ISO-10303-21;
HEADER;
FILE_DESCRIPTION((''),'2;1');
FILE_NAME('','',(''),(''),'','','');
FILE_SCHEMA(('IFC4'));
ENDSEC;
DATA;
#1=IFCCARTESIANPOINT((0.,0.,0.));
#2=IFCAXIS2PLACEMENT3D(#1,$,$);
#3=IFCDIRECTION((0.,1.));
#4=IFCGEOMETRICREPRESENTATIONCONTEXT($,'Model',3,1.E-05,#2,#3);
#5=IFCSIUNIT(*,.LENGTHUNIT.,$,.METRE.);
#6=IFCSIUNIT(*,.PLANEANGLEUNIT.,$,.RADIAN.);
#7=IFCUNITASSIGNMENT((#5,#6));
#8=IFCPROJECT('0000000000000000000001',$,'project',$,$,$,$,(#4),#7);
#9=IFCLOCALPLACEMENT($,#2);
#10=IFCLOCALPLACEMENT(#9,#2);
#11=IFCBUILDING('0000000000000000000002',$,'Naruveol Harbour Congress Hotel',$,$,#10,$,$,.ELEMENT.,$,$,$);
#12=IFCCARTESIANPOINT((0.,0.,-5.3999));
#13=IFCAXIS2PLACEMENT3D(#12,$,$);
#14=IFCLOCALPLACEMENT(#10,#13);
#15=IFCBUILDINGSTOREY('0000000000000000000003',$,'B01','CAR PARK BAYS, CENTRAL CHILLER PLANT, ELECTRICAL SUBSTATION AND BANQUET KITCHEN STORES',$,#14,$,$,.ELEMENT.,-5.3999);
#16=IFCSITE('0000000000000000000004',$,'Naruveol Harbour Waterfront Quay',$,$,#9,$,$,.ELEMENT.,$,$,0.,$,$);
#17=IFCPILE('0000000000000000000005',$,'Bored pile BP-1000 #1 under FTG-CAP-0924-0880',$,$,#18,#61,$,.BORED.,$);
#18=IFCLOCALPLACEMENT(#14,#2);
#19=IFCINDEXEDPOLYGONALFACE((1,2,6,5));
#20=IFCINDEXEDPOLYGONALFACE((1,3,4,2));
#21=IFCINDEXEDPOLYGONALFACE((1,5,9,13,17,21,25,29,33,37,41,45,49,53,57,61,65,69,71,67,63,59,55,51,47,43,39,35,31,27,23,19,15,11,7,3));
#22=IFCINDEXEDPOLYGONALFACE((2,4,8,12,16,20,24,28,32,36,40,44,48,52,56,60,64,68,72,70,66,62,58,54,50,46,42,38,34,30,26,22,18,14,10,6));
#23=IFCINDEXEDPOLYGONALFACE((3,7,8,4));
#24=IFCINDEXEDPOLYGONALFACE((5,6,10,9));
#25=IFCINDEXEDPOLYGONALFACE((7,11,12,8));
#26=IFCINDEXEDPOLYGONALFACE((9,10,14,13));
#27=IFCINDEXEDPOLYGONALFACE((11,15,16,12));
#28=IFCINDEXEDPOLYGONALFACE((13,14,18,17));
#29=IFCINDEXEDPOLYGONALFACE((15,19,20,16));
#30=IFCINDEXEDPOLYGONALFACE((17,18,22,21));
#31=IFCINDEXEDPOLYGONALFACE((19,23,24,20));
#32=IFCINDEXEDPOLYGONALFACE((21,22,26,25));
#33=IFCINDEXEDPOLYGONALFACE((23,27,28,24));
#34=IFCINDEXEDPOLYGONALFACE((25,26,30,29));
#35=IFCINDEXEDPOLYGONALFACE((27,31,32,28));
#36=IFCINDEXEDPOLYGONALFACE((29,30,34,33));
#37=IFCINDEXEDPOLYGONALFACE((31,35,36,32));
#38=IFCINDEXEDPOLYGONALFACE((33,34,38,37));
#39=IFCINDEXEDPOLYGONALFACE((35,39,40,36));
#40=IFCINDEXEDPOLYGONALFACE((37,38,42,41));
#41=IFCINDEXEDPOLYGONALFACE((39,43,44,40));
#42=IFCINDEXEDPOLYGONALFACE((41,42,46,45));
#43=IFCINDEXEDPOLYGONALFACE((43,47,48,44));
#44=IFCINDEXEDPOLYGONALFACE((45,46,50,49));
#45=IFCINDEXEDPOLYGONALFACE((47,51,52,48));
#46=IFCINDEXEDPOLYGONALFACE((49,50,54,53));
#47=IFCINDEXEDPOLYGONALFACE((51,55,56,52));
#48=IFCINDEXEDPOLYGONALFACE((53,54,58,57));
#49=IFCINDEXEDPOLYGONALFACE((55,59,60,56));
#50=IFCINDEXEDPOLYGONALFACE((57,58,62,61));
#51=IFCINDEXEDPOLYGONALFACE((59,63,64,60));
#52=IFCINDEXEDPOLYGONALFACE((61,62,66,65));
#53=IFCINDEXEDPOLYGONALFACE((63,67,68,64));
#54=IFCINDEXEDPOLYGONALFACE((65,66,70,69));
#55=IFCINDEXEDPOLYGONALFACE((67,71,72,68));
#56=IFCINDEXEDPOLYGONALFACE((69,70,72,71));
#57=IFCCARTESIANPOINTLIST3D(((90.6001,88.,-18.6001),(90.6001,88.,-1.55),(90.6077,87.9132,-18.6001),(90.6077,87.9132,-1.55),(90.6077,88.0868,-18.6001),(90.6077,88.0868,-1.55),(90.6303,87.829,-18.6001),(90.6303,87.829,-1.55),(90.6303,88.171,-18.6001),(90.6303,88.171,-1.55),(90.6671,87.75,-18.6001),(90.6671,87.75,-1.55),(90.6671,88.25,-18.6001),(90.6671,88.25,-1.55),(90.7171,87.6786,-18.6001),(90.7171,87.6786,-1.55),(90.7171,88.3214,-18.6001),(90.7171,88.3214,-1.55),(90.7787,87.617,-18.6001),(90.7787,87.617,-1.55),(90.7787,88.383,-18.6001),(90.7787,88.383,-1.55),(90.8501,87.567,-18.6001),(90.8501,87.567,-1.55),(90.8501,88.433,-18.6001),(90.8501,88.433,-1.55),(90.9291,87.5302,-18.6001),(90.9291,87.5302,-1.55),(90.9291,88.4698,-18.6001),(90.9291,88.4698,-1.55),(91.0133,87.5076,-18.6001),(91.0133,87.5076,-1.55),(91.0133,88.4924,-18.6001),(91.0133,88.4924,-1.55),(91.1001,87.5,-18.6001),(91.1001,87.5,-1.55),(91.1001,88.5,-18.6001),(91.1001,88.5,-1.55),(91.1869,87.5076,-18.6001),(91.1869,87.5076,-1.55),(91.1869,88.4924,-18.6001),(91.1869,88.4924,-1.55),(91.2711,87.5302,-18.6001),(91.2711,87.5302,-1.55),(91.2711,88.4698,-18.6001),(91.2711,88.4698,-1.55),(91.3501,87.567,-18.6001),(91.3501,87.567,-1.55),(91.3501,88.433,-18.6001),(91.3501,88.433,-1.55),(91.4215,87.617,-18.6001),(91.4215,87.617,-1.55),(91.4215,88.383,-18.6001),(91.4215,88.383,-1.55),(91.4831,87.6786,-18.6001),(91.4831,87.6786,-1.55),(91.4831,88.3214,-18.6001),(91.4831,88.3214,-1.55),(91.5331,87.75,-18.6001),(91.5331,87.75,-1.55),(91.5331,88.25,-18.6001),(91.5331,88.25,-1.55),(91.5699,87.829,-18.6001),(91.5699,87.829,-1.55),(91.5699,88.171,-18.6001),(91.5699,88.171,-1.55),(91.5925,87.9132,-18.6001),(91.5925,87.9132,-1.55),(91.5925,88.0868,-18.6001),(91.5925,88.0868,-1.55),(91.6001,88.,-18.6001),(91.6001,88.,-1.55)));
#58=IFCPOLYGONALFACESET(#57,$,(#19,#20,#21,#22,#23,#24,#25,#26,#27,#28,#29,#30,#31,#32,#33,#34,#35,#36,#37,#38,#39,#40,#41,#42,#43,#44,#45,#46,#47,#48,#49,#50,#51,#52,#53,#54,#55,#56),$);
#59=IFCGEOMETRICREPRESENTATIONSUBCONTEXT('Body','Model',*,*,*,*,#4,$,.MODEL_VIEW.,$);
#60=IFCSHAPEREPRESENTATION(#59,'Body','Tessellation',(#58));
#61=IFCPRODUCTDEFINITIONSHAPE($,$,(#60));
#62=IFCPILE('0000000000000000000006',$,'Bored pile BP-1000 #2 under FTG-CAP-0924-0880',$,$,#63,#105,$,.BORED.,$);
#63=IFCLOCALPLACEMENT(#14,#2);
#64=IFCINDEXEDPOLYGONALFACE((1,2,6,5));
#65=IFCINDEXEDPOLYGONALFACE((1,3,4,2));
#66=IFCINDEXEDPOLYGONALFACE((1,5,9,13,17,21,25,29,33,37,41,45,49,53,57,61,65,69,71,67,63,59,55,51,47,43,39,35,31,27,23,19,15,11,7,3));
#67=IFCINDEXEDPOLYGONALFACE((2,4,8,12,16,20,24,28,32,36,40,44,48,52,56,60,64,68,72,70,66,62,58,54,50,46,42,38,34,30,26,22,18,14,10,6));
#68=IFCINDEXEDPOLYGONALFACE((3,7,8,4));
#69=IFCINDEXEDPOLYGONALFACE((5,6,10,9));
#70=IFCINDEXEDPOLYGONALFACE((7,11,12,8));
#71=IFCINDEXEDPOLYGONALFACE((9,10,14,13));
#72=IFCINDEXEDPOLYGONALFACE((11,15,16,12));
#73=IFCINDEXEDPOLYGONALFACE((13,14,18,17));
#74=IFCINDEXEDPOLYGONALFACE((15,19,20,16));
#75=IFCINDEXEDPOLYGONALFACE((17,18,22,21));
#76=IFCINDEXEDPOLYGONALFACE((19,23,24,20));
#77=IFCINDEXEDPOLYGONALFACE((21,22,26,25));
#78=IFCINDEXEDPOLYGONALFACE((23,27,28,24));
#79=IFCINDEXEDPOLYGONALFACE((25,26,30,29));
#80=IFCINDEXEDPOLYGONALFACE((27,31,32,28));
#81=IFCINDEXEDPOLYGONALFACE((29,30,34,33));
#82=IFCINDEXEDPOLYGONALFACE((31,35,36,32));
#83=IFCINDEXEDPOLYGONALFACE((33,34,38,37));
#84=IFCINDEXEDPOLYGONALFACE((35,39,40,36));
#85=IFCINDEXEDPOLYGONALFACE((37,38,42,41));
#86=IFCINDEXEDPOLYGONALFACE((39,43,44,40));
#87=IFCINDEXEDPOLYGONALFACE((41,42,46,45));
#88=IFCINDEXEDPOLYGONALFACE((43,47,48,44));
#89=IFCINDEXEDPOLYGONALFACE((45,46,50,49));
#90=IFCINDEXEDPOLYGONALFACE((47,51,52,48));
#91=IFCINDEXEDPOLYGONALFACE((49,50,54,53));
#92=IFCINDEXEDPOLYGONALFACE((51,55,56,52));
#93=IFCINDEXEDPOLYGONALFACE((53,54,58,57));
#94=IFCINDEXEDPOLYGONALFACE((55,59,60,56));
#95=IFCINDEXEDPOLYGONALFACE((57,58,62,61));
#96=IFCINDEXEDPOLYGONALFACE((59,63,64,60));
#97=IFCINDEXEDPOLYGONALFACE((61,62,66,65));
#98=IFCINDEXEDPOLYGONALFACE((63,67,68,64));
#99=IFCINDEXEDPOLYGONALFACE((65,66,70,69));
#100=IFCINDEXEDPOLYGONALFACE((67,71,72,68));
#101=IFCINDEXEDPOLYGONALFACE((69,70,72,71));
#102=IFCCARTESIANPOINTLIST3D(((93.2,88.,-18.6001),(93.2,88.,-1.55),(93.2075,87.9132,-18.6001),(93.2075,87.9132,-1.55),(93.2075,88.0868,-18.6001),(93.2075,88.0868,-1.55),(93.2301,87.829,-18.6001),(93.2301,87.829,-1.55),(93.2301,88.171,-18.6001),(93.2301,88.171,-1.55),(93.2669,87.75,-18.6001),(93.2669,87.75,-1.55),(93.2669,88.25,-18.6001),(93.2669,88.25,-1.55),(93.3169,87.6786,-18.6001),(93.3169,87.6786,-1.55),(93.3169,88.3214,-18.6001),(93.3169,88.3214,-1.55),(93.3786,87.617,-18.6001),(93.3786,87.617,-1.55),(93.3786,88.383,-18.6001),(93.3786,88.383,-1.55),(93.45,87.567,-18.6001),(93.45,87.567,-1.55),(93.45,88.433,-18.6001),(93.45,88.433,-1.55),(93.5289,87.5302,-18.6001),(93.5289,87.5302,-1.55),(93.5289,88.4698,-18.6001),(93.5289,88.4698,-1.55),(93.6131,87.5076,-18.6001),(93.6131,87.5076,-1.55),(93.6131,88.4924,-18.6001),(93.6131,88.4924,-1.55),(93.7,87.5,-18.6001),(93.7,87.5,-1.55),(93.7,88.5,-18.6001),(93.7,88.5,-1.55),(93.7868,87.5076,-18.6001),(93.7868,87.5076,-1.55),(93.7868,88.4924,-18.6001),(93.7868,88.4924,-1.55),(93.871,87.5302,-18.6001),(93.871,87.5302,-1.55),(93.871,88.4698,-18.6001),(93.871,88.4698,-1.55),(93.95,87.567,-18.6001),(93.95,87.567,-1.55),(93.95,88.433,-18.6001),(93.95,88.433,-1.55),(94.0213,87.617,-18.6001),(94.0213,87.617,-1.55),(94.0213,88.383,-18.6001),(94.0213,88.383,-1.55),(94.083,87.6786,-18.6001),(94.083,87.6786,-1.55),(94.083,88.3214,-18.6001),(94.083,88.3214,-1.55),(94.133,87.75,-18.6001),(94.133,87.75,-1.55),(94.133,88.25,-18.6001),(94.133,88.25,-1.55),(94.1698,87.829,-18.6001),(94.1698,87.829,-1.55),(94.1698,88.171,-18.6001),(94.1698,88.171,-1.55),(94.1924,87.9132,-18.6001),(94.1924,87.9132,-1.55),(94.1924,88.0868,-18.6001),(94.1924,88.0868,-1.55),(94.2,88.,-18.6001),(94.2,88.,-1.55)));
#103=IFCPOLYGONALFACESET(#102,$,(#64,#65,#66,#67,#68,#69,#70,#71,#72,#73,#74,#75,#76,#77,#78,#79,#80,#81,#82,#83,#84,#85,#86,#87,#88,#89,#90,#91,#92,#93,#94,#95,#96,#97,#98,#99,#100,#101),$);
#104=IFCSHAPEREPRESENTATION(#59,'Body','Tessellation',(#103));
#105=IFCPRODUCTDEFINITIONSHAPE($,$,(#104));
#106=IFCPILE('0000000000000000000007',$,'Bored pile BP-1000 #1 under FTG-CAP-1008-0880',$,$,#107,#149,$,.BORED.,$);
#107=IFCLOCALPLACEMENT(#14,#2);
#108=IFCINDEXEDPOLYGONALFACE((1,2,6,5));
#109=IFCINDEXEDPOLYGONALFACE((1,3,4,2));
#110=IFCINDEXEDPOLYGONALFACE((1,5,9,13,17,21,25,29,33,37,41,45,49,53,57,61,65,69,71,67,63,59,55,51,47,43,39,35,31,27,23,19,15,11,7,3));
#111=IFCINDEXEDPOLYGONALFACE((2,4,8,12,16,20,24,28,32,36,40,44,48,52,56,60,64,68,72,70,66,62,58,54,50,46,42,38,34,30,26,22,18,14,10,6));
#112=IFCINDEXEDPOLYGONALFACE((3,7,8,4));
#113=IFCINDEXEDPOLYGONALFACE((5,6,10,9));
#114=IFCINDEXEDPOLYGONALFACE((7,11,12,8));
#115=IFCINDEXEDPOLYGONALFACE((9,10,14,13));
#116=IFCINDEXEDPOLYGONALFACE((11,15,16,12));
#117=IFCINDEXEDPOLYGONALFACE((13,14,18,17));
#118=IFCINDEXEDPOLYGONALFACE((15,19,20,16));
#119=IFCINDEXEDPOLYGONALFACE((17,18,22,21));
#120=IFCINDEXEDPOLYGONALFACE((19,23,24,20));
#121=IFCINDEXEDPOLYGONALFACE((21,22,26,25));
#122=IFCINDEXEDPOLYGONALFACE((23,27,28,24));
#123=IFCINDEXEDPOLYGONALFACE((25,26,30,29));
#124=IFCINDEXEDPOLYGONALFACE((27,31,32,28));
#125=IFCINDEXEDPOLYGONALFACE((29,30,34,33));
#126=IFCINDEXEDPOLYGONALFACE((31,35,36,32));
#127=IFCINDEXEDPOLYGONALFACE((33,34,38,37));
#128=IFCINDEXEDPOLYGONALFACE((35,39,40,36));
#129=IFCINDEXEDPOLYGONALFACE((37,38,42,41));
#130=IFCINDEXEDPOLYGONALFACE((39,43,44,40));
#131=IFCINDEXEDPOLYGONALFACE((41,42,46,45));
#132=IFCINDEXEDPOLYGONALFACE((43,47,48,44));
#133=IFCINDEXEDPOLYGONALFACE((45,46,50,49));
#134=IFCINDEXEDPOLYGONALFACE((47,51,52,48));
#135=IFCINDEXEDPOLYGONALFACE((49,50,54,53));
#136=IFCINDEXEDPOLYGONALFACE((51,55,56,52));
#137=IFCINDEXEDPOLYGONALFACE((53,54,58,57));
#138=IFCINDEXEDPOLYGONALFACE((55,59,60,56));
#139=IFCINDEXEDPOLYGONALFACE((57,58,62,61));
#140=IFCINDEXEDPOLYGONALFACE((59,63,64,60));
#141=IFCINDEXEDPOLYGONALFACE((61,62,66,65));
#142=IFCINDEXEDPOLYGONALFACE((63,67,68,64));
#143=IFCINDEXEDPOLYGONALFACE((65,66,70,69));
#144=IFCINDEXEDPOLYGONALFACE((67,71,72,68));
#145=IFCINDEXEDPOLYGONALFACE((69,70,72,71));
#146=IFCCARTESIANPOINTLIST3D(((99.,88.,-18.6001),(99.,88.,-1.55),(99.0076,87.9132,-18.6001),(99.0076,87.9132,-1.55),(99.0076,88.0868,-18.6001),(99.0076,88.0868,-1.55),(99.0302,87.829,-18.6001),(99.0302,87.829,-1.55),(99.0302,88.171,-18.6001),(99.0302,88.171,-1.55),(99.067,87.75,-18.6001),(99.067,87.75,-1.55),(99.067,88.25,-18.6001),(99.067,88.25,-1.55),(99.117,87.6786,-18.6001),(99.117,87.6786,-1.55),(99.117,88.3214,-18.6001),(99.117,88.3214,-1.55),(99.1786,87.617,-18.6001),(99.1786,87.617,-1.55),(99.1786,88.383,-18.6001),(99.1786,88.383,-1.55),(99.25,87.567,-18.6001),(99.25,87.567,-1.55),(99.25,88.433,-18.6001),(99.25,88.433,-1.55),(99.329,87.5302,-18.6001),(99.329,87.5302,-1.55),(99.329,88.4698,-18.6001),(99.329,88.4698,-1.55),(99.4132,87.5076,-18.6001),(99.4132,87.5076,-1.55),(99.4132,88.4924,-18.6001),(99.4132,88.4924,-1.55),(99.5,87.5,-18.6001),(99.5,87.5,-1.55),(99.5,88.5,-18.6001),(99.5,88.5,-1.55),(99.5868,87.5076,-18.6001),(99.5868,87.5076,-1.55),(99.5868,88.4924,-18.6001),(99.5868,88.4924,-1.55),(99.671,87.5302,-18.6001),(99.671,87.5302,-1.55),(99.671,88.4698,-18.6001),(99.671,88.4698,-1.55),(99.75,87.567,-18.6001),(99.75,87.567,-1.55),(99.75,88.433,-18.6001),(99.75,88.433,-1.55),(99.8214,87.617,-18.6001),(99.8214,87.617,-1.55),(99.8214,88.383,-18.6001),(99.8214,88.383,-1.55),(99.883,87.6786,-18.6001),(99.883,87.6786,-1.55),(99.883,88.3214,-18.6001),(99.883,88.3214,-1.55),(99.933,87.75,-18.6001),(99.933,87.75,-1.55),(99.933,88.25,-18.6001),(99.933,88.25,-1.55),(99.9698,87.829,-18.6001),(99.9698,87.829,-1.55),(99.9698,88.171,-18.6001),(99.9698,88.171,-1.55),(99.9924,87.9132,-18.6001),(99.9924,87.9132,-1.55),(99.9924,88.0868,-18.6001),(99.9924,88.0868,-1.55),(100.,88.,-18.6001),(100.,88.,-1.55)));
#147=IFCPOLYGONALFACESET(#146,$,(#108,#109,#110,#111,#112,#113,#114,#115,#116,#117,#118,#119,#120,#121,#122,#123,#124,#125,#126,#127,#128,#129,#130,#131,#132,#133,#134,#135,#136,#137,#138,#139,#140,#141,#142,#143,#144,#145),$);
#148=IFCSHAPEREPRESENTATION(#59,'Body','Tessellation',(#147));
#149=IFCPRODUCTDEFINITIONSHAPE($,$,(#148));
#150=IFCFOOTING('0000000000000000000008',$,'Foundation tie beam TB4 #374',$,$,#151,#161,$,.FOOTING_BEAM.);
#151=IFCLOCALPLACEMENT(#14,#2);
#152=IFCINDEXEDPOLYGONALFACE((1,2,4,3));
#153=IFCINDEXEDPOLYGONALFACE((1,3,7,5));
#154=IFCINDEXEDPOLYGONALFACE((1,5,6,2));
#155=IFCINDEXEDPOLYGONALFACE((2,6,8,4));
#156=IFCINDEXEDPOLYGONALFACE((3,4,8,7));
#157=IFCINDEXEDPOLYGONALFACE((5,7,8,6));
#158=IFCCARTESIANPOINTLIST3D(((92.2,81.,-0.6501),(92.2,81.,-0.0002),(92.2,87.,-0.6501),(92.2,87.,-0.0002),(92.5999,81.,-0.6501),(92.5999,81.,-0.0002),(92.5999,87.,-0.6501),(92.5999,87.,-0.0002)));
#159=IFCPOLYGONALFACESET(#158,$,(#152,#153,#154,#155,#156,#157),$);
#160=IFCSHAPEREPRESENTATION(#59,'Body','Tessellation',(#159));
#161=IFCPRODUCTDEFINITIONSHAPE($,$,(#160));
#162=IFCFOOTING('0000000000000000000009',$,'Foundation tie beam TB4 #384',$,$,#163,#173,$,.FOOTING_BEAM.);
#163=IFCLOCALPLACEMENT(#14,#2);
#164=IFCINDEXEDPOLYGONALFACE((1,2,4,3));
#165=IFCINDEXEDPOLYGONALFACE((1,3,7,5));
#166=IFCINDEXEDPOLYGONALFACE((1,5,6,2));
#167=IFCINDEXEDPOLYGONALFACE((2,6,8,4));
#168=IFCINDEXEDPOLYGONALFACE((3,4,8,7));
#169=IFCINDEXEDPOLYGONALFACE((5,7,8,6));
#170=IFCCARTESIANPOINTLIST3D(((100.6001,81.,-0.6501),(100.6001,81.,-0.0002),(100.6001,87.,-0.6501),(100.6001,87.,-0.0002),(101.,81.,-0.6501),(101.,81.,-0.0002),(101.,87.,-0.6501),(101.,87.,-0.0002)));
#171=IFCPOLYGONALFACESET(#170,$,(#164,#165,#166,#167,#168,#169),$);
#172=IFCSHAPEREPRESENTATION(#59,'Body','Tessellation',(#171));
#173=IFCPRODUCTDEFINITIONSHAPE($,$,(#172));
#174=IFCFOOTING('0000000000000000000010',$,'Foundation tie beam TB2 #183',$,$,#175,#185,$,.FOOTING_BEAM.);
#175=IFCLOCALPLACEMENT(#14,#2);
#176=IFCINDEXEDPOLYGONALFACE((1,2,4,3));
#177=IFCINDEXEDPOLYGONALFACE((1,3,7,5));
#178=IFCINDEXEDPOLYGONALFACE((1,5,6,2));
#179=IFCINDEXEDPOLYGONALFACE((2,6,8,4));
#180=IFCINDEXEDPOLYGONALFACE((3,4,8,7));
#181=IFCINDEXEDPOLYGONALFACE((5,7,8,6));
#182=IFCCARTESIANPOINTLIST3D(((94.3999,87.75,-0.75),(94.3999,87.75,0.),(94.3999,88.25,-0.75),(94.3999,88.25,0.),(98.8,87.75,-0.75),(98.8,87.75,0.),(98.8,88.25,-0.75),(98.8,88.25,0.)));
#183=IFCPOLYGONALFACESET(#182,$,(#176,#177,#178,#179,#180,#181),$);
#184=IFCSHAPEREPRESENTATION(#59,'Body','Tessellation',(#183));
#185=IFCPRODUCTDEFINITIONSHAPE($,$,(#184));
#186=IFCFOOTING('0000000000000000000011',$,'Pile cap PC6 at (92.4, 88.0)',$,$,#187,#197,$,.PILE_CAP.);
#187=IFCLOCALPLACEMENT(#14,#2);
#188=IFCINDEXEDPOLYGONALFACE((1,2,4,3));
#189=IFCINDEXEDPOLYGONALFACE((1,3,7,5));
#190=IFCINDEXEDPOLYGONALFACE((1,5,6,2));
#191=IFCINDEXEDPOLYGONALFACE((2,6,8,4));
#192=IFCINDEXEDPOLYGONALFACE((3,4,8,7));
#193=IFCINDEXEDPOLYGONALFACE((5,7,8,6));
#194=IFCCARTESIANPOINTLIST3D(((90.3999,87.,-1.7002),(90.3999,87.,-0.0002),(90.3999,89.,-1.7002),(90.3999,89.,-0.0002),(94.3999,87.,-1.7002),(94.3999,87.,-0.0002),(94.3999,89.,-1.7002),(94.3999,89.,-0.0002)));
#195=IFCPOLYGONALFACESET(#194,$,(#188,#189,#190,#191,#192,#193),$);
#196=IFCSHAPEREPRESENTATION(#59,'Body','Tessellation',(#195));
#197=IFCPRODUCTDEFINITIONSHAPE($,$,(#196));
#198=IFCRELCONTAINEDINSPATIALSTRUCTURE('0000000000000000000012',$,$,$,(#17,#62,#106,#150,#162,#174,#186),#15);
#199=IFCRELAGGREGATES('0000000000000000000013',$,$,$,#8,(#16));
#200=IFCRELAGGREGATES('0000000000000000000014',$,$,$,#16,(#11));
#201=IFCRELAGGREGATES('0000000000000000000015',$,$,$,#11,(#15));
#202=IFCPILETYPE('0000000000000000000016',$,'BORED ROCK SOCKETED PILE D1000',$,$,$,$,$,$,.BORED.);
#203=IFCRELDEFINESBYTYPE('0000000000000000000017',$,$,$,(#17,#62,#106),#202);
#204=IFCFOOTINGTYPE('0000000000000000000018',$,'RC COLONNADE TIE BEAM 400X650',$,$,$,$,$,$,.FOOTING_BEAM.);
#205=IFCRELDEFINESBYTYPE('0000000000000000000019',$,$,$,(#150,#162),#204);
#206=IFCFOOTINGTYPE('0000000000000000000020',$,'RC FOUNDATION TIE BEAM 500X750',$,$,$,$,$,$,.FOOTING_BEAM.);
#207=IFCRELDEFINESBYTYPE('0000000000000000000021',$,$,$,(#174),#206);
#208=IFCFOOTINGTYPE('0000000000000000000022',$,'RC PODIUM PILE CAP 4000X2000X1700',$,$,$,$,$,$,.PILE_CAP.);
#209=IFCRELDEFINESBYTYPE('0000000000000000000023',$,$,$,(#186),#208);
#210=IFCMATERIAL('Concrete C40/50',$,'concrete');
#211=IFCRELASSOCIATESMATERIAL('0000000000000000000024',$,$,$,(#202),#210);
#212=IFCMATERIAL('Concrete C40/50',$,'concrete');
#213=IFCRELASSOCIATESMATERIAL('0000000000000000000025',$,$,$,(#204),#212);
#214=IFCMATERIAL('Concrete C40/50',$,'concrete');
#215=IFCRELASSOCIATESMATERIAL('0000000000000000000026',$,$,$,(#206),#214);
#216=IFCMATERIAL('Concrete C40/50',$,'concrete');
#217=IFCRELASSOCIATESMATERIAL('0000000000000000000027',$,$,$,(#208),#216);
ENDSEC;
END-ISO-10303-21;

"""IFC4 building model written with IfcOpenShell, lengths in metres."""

from ifc_helpers import new_model, si_unit, direction, frame, origin, origin_2d, place, context, subcontext, project, spatial, rectangle, circle, extrude, material, material_profile, profile_set, type_object, element, save


model = new_model("IFC4")

# Units and contexts
model_context = context("Model", 3, precision=1e-05, world=origin(), true_north=direction((0.0, 1.0)))
body_context = subcontext(model_context, "Body", "Model", "MODEL_VIEW")
ifc_project = project(units=[si_unit("LENGTHUNIT", "METRE"), si_unit("PLANEANGLEUNIT", "RADIAN")], contexts=[model_context])

# Site, building, storey
site_placement = place(None, origin())
site = spatial("IfcSite", under=ifc_project, at=site_placement, Name="Naruveol Harbour Waterfront Quay", CompositionType="ELEMENT", RefElevation=0.0)
building_placement = place(site_placement, origin())
building = spatial("IfcBuilding", under=site, at=building_placement, Name="Naruveol Harbour Congress Hotel", CompositionType="ELEMENT")
storey_placement = place(building_placement, frame((0.0, 0.0, -5.3999)))
storey = spatial("IfcBuildingStorey", under=building, at=storey_placement, Name="B01", Description="CAR PARK BAYS, CENTRAL CHILLER PLANT, ELECTRICAL SUBSTATION AND BANQUET KITCHEN STORES", CompositionType="ELEMENT", Elevation=-5.3999)

# Piles
ifc_material_1 = material(Name="Concrete C40/50", Category="concrete")
ifc_material_profile_1 = material_profile(ifc_material_1, circle(Radius=0.5, at=origin_2d()), Name="BP-1000")
ifc_profile_set_1 = profile_set([ifc_material_profile_1], Name="Concrete C40/50")
pile_type = type_object("IfcPileType", Name="BORED ROCK SOCKETED PILE D1000", PredefinedType="BORED", material=ifc_profile_set_1)
for number, where, z_axis, x_axis, name in (
    (1, (91.1001, 88.0, -1.55), (0.0, 0.0, -1.0), (1.0, 0.0, 0.0), "Bored pile BP-1000 #1 under FTG-CAP-0924-0880"),
    (2, (93.7, 88.0, -1.55), (0.0, 0.0, -1.0), (1.0, 0.0, 0.0), "Bored pile BP-1000 #2 under FTG-CAP-0924-0880"),
    (3, (99.5, 88.0, -1.55), (0.0, 0.0, -1.0), (1.0, 0.0, 0.0), "Bored pile BP-1000 #1 under FTG-CAP-1008-0880"),
):
    element("IfcPile", number, at=place(storey_placement, frame(where, z_axis=z_axis, x_axis=x_axis)), inside=storey, type_object=pile_type, Name=name, PredefinedType="BORED", context=body_context, shape_type="SweptSolid", body=[
        extrude(circle(Radius=0.5, at=origin_2d()), origin(), (0.0, 0.0, 1.0), 17.05),
    ])

# Footings
ifc_material_2 = material(Name="Concrete C40/50", Category="concrete")
ifc_material_profile_2 = material_profile(ifc_material_2, rectangle(XDim=0.3999, YDim=0.6499, at=origin_2d()), Name="RCB-400x650")
ifc_profile_set_2 = profile_set([ifc_material_profile_2], Name="Concrete C40/50")
footing_type_1 = type_object("IfcFootingType", Name="RC COLONNADE TIE BEAM 400X650", PredefinedType="FOOTING_BEAM", material=ifc_profile_set_2)
for number, where, z_axis, x_axis, name in (
    (4, (92.3999, 81.0, -0.3252), (0.0, 1.0, 0.0), (-1.0, 0.0, 0.0), "Foundation tie beam TB4 #374"),
    (5, (100.8, 81.0, -0.3252), (0.0, 1.0, 0.0), (-1.0, 0.0, 0.0), "Foundation tie beam TB4 #384"),
):
    element("IfcFooting", number, at=place(storey_placement, frame(where, z_axis=z_axis, x_axis=x_axis)), inside=storey, type_object=footing_type_1, Name=name, PredefinedType="FOOTING_BEAM", context=body_context, shape_type="SweptSolid", body=[
        extrude(rectangle(XDim=0.3999, YDim=0.6499, at=origin_2d()), origin(), (0.0, 0.0, 1.0), 6.0),
    ])
ifc_material_3 = material(Name="Concrete C40/50", Category="concrete")
ifc_material_profile_3 = material_profile(ifc_material_3, rectangle(XDim=0.5, YDim=0.75, at=origin_2d()), Name="RCB-500x750")
ifc_profile_set_3 = profile_set([ifc_material_profile_3], Name="Concrete C40/50")
footing_type_2 = type_object("IfcFootingType", Name="RC FOUNDATION TIE BEAM 500X750", PredefinedType="FOOTING_BEAM", material=ifc_profile_set_3)
footing_placement = place(storey_placement, frame((94.3999, 88.0, -0.375), z_axis=(1.0, 0.0, 0.0), x_axis=(0.0, 1.0, 0.0)))
element("IfcFooting", 6, at=footing_placement, inside=storey, type_object=footing_type_2, Name="Foundation tie beam TB2 #183", PredefinedType="FOOTING_BEAM", context=body_context, shape_type="SweptSolid", body=[
    extrude(rectangle(XDim=0.5, YDim=0.75, at=origin_2d()), origin(), (0.0, 0.0, 1.0), 4.4001),
])
ifc_material_4 = material(Name="Concrete C40/50", Category="concrete")
footing_type_3 = type_object("IfcFootingType", Name="RC PODIUM PILE CAP 4000X2000X1700", PredefinedType="PILE_CAP", material=ifc_material_4)
for number, where, z_axis, x_axis, name in (
    (7, (92.3999, 88.0, -1.7002), (0.0, 0.0, 1.0), (1.0, 0.0, 0.0), "Pile cap PC6 at (92.4, 88.0)"),
):
    element("IfcFooting", number, at=place(storey_placement, frame(where, z_axis=z_axis, x_axis=x_axis)), inside=storey, type_object=footing_type_3, Name=name, PredefinedType="PILE_CAP", context=body_context, shape_type="SweptSolid", body=[
        extrude(rectangle(XDim=4.0, YDim=2.0, at=origin_2d()), origin(), (0.0, 0.0, 1.0), 1.7),
    ])

save(model, "model.ifc")
